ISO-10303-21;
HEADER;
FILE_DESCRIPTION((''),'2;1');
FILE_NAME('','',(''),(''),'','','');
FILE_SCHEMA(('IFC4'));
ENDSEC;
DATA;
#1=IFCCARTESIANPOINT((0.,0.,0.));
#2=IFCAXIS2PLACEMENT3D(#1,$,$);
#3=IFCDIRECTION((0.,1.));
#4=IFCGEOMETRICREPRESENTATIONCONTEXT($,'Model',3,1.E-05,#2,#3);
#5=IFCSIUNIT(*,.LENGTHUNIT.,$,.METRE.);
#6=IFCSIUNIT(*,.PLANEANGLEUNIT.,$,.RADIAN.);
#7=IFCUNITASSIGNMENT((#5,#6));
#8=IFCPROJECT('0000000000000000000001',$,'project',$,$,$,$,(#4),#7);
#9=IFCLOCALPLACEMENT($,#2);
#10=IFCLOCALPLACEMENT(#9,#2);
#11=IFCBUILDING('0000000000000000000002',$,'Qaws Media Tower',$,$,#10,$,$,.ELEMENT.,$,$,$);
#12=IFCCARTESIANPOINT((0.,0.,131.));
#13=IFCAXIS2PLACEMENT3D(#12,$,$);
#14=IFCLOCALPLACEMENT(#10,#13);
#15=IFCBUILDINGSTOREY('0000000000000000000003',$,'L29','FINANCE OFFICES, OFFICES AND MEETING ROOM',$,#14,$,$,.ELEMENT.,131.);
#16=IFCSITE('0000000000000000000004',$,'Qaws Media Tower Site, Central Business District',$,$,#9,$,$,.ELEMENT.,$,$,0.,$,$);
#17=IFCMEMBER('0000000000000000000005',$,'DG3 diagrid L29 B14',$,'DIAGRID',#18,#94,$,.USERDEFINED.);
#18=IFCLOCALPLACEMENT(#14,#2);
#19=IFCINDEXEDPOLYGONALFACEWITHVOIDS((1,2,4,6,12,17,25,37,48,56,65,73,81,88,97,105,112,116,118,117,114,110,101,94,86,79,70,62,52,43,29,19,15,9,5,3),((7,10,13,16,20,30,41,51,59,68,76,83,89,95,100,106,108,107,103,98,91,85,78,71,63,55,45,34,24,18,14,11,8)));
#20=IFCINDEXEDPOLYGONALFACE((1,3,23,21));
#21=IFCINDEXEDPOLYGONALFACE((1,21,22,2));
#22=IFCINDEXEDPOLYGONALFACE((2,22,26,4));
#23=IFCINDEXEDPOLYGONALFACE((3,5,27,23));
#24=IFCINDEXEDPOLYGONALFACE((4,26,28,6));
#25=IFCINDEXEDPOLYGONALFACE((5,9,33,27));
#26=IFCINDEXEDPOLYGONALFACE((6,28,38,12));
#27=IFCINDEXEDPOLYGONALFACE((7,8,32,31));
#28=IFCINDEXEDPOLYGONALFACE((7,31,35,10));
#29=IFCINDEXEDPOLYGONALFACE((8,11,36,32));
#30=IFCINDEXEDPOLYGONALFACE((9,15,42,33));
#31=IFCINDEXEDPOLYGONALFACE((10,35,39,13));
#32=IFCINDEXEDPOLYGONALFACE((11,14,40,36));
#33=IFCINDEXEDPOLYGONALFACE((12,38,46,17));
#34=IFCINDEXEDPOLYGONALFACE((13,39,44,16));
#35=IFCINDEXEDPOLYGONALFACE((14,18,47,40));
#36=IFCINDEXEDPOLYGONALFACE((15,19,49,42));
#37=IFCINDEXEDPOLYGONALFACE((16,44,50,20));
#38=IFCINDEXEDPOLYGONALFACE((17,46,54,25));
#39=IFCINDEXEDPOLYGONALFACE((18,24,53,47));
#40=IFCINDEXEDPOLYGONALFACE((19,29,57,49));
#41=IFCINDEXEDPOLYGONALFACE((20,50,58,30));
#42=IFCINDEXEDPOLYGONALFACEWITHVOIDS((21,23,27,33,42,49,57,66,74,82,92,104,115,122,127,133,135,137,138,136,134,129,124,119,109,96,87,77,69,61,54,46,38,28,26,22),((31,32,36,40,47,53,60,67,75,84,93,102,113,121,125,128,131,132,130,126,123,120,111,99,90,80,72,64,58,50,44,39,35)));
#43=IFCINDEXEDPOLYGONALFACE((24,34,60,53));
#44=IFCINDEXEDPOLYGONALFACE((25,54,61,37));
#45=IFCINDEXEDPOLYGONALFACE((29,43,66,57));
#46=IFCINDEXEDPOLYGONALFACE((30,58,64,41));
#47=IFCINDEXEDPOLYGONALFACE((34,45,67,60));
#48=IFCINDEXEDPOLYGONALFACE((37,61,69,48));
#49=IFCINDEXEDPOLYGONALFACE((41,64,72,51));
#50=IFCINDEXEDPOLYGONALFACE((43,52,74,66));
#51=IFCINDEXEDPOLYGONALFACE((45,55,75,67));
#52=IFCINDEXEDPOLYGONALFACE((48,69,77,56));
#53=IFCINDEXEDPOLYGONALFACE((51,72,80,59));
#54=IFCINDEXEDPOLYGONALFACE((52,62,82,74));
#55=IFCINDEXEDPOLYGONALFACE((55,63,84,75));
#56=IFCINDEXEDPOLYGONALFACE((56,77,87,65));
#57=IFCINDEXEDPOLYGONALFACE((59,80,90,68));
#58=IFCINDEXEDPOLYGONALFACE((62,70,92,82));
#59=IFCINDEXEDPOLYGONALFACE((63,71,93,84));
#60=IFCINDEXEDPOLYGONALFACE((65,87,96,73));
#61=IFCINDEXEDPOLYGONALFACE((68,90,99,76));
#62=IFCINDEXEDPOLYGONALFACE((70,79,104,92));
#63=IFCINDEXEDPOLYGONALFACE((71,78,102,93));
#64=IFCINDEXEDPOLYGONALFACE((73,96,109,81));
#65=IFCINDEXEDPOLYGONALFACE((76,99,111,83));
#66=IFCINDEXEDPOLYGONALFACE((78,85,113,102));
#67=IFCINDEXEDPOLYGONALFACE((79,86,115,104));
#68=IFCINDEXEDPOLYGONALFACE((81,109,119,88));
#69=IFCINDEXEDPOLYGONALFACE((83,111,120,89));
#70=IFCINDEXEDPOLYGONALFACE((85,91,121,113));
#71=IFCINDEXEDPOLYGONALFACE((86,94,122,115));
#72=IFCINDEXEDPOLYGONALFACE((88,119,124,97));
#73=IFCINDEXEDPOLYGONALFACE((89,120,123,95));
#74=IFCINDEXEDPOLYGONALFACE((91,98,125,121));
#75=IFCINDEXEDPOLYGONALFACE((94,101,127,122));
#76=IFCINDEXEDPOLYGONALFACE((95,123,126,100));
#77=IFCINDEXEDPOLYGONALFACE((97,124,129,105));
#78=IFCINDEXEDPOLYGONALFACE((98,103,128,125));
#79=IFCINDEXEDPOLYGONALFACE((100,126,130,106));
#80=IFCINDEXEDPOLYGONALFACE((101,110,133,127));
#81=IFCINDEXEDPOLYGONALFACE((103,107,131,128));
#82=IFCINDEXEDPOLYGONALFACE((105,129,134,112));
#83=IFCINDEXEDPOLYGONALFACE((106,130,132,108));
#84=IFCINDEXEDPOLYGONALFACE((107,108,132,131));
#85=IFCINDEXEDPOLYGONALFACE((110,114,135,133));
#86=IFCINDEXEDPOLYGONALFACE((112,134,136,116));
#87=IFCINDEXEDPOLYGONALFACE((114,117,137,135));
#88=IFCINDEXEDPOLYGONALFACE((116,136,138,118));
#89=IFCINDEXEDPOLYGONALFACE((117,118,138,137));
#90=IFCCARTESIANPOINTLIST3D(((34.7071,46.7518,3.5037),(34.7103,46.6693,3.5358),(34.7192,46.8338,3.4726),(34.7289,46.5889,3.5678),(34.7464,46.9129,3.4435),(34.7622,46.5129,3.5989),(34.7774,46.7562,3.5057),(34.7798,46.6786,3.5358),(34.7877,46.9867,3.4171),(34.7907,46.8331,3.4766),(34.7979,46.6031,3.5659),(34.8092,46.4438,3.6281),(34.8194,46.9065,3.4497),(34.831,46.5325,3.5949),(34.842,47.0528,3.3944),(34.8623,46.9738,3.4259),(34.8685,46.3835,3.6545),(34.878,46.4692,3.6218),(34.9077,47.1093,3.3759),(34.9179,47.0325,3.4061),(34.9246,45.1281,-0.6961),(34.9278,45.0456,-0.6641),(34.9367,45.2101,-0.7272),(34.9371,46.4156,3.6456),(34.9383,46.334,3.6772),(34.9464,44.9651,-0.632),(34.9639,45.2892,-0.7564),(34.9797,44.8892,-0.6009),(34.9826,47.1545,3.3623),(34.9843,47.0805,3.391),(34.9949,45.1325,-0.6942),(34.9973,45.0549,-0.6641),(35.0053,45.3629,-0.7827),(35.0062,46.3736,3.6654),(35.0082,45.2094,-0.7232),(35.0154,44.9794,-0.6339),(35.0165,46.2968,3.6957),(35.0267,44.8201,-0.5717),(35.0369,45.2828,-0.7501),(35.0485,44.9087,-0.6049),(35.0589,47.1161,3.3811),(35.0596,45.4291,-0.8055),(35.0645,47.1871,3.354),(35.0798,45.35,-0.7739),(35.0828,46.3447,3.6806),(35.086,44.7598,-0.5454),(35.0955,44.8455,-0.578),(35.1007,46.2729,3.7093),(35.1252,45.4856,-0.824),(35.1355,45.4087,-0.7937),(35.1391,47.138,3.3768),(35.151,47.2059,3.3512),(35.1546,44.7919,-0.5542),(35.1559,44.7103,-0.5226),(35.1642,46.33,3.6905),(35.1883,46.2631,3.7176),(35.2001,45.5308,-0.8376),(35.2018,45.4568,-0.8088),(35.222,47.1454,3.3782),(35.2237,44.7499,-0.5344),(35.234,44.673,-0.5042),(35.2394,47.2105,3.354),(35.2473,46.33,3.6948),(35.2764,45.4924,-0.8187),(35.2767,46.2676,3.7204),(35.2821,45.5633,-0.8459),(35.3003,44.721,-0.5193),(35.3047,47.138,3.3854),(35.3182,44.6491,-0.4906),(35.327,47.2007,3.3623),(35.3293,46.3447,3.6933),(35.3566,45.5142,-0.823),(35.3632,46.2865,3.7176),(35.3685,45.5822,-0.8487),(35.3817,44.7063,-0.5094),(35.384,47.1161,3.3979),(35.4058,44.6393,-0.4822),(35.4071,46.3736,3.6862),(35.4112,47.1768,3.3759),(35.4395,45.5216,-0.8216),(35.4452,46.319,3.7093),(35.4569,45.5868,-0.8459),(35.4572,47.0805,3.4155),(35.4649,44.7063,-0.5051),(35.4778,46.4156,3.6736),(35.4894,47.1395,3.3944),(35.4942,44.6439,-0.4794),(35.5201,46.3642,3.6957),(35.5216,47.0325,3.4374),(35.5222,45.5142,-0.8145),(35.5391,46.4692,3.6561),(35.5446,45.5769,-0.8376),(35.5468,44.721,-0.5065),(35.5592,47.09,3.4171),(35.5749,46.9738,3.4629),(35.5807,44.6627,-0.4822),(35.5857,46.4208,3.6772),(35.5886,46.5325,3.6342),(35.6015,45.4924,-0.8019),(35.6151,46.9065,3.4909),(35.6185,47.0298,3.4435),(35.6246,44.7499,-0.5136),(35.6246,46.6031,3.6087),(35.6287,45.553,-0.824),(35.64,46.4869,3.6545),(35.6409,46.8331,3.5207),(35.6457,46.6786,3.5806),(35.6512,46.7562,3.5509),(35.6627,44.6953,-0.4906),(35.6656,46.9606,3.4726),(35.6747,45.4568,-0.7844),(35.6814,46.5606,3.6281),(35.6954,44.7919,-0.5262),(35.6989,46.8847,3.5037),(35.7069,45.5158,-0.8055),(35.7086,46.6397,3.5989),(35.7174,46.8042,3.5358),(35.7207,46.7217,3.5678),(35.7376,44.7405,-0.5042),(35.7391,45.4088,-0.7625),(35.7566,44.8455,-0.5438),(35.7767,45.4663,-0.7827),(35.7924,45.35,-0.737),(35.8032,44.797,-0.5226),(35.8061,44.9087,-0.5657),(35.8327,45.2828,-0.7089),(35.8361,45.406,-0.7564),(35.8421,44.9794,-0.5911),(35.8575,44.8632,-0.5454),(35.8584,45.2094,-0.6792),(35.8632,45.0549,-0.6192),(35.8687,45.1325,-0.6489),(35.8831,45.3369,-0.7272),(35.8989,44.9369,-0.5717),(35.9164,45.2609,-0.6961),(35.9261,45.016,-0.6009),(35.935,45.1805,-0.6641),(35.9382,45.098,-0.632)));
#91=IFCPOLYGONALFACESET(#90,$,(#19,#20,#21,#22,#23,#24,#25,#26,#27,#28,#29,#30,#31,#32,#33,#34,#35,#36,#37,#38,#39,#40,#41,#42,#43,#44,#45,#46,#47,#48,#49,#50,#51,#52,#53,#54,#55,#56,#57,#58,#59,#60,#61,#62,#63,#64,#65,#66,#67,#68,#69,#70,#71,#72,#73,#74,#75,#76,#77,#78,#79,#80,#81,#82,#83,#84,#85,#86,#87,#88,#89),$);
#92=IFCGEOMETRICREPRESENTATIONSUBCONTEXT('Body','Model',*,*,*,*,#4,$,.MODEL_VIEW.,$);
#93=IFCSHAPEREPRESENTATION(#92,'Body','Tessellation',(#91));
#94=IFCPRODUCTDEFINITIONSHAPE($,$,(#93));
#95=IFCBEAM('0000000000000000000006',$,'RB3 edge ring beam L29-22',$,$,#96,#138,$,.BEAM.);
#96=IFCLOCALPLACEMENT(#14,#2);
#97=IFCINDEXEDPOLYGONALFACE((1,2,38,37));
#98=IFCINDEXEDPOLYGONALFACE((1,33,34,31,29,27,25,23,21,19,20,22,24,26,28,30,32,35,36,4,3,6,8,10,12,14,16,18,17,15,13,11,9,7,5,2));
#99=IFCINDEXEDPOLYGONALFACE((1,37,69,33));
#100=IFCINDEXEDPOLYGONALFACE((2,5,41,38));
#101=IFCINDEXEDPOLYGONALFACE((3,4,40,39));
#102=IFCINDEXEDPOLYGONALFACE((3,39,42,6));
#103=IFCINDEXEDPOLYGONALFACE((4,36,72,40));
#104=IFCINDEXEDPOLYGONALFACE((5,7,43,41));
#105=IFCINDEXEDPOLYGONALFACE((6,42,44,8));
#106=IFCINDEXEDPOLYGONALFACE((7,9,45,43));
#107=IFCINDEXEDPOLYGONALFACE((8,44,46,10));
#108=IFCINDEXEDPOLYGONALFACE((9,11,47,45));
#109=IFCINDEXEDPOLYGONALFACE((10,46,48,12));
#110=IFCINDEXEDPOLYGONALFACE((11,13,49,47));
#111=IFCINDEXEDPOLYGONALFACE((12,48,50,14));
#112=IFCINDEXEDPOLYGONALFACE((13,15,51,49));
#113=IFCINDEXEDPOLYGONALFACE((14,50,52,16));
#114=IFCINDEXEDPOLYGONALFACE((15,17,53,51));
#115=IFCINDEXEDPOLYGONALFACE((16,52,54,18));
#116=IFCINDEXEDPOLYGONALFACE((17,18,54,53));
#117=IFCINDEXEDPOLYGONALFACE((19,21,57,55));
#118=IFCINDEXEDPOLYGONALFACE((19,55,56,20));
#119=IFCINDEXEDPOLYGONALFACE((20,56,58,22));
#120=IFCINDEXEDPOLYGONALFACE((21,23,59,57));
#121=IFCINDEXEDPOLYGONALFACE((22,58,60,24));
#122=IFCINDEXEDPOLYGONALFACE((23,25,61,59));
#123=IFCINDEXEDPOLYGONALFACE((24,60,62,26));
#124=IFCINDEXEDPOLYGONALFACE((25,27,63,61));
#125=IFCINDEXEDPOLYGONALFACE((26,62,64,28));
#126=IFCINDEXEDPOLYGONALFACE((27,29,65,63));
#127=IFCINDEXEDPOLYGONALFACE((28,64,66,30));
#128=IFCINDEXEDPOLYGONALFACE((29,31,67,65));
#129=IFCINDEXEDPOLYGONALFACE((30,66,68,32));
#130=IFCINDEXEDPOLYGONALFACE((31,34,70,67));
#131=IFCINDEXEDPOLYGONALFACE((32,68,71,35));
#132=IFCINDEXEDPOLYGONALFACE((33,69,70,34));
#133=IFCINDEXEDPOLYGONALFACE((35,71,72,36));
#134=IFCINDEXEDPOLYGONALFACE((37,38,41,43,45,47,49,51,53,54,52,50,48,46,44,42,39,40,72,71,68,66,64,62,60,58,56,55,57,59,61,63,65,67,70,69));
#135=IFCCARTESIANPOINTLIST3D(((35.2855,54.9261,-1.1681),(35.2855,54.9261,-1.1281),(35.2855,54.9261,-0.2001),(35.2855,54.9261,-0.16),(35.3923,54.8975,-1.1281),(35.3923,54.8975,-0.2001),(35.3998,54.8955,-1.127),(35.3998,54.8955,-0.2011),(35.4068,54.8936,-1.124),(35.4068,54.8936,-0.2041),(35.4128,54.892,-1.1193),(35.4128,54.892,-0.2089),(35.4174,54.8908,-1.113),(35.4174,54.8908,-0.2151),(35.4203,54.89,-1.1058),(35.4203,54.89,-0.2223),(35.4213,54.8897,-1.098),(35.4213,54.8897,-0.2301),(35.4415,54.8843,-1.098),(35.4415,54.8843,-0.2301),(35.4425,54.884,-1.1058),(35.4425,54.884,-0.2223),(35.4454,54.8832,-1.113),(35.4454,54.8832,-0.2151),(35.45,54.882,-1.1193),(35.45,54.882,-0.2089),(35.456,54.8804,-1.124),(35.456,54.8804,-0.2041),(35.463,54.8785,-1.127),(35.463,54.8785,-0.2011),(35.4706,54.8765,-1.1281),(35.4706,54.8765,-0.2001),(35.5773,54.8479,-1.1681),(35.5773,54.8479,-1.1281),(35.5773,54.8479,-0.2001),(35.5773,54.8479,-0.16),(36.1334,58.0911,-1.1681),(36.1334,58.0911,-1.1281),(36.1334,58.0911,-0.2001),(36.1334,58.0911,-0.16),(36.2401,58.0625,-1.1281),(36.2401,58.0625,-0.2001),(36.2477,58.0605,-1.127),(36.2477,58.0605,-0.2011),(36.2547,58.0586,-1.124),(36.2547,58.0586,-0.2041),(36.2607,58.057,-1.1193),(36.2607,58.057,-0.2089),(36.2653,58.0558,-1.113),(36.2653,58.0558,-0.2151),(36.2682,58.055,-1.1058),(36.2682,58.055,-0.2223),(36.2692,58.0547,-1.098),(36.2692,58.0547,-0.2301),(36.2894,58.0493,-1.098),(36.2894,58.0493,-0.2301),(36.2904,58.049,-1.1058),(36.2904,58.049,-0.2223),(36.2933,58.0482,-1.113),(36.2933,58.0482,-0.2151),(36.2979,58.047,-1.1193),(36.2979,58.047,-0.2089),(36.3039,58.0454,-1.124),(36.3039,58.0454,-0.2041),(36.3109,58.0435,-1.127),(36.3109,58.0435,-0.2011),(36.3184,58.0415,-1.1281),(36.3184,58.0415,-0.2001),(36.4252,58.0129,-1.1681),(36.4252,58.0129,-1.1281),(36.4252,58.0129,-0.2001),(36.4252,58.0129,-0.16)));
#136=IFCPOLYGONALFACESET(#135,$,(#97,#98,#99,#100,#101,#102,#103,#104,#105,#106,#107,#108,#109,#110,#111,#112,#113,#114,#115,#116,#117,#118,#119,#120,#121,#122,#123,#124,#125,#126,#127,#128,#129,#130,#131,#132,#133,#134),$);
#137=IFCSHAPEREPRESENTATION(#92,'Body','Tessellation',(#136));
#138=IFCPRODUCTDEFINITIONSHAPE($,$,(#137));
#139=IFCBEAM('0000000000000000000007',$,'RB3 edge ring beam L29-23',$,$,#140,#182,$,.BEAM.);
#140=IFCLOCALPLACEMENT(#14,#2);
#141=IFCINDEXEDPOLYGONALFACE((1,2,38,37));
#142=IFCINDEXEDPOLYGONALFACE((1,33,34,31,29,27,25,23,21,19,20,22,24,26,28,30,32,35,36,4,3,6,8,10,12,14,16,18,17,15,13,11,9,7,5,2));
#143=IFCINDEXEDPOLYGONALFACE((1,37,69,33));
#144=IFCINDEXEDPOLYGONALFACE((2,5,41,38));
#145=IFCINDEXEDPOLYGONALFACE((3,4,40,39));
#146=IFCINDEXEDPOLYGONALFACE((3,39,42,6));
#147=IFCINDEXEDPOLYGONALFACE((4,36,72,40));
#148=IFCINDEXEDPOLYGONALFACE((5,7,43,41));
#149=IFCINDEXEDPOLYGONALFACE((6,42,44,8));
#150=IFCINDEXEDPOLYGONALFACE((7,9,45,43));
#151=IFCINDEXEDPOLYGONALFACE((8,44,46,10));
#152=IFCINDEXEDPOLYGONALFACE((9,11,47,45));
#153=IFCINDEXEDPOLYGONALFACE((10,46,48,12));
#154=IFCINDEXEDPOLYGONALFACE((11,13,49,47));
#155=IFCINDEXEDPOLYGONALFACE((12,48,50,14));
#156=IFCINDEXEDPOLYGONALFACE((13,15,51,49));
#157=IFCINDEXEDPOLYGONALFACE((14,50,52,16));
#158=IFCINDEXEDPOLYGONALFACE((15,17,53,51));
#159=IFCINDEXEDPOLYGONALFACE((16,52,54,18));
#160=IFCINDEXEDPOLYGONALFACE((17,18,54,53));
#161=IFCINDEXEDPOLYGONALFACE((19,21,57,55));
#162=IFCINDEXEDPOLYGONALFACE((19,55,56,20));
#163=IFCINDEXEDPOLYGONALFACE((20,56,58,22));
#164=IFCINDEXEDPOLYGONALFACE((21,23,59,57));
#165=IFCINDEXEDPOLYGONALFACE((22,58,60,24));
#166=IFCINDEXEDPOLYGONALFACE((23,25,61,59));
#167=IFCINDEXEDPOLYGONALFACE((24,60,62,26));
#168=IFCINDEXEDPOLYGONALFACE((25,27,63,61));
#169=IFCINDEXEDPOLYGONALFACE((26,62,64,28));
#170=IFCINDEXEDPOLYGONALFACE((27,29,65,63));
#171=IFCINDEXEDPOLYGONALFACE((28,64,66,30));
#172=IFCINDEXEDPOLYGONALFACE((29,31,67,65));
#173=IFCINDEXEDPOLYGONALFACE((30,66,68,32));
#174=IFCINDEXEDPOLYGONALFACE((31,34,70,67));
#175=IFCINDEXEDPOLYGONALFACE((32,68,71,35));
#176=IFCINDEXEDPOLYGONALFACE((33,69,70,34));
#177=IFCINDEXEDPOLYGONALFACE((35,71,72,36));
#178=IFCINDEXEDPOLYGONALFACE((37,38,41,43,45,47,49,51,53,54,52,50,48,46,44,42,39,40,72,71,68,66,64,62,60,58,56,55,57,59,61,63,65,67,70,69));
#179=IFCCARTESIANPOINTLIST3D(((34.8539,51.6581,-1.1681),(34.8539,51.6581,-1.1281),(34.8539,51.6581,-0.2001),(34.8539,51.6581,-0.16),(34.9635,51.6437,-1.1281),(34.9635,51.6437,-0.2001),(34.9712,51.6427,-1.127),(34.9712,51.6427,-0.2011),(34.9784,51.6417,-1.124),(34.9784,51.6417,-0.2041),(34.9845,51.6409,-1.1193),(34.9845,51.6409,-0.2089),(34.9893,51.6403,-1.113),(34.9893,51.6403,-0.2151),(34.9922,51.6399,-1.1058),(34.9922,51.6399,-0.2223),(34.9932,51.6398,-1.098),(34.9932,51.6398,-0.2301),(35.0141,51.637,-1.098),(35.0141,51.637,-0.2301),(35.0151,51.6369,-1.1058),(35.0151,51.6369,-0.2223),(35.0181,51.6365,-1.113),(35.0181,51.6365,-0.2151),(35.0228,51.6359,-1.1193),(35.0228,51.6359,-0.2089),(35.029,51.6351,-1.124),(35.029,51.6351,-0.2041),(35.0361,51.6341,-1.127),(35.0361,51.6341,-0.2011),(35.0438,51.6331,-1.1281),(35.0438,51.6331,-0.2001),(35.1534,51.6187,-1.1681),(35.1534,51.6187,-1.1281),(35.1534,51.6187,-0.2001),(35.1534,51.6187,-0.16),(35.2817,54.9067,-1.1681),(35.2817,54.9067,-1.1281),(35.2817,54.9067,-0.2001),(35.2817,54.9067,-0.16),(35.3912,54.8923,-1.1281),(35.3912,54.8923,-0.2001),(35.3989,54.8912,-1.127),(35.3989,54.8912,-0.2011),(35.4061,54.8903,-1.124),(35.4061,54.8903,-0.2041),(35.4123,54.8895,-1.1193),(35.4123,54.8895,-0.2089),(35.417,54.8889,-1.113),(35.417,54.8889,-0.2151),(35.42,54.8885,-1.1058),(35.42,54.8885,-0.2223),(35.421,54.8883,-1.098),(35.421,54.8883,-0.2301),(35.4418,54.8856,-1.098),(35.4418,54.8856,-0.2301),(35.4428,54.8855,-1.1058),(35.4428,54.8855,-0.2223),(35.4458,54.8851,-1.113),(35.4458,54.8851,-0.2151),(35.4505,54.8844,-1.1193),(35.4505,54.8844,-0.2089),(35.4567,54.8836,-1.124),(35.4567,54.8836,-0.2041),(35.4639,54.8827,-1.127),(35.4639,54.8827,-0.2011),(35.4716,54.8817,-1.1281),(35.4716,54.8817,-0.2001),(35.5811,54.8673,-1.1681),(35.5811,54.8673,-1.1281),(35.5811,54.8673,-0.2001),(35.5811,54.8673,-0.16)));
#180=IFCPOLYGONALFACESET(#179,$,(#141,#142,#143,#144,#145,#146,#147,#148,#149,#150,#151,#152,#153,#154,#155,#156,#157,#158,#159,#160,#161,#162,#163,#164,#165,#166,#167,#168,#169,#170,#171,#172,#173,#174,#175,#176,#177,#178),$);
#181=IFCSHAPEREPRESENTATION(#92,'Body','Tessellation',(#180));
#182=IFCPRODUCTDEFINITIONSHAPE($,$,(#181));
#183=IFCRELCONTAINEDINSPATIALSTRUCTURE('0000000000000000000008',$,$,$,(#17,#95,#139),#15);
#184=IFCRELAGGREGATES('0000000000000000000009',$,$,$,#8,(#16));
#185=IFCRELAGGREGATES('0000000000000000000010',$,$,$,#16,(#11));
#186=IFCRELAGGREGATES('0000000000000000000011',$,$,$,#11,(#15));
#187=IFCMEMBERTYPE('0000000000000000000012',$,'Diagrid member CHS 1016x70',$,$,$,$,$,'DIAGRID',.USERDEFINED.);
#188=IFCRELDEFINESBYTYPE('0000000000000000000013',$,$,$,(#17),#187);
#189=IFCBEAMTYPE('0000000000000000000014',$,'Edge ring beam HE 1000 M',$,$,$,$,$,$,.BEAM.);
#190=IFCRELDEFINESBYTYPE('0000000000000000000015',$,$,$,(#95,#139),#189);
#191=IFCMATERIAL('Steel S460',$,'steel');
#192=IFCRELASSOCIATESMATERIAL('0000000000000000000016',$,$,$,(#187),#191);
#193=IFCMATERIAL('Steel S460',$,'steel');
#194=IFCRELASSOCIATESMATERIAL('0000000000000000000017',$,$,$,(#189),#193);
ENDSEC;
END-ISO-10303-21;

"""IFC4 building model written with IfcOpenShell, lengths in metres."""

from ifc_helpers import new_model, si_unit, direction, frame, origin, origin_2d, place, context, subcontext, project, spatial, hollow_circle, i_section, extrude, material, material_profile, profile_set, type_object, element, save


model = new_model("IFC4")

# Units and contexts
model_context = context("Model", 3, precision=1e-05, world=origin(), true_north=direction((0.0, 1.0)))
body_context = subcontext(model_context, "Body", "Model", "MODEL_VIEW")
ifc_project = project(units=[si_unit("LENGTHUNIT", "METRE"), si_unit("PLANEANGLEUNIT", "RADIAN")], contexts=[model_context])

# Site, building, storey
site_placement = place(None, origin())
site = spatial("IfcSite", under=ifc_project, at=site_placement, Name="Qaws Media Tower Site, Central Business District", CompositionType="ELEMENT", RefElevation=0.0)
building_placement = place(site_placement, origin())
building = spatial("IfcBuilding", under=site, at=building_placement, Name="Qaws Media Tower", CompositionType="ELEMENT")
storey_placement = place(building_placement, frame((0.0, 0.0, 131.0)))
storey = spatial("IfcBuildingStorey", under=building, at=storey_placement, Name="L29", Description="FINANCE OFFICES, OFFICES AND MEETING ROOM", CompositionType="ELEMENT", Elevation=131.0)

# Member
ifc_material_1 = material(Name="Steel S460", Category="steel")
ifc_material_profile_1 = material_profile(ifc_material_1, hollow_circle(Radius=0.5081, WallThickness=0.0701, at=origin_2d()), Name="CHS 1016x70")
ifc_profile_set_1 = profile_set([ifc_material_profile_1], Name="Steel S460")
member_type_1 = type_object("IfcMemberType", Name="Diagrid member CHS 1016x70", ElementType="DIAGRID", PredefinedType="USERDEFINED", material=ifc_profile_set_1)
for number, where, z_axis, x_axis, name in (
    (1, (35.4314, 45.113, -0.6641), (-0.048252, 0.360186, 0.931632), (-0.991146, -0.132779, 0.0), "DG3 diagrid L29 B14"),
):
    element("IfcMember", number, at=place(storey_placement, frame(where, z_axis=z_axis, x_axis=x_axis)), inside=storey, type_object=member_type_1, Name=name, ObjectType="DIAGRID", PredefinedType="USERDEFINED", context=body_context, shape_type="SweptSolid", body=[
        extrude(hollow_circle(Radius=0.5081, WallThickness=0.0701, at=origin_2d()), origin(), (0.0, 0.0, 1.0), 4.5081),
    ])

# Beams
ifc_material_2 = material(Name="Steel S460", Category="steel")
ifc_material_profile_2 = material_profile(ifc_material_2, i_section(OverallWidth=0.302, OverallDepth=1.0081, WebThickness=0.021, FlangeThickness=0.04, FilletRadius=0.03, at=origin_2d()), Name="HE 1000 M")
ifc_profile_set_2 = profile_set([ifc_material_profile_2], Name="Steel S460")
beam_type = type_object("IfcBeamType", Name="Edge ring beam HE 1000 M", PredefinedType="BEAM", material=ifc_profile_set_2)
for number, where, z_axis, x_axis, name in (
    (2, (36.2793, 58.052, -0.6641), (-0.258771, -0.965939, 0.0), (0.965939, -0.258771, 0.0), "RB3 edge ring beam L29-22"),
    (3, (35.4314, 54.887, -0.6641), (-0.130543, -0.991443, 0.0), (0.991443, -0.130543, 0.0), "RB3 edge ring beam L29-23"),
):
    element("IfcBeam", number, at=place(storey_placement, frame(where, z_axis=z_axis, x_axis=x_axis)), inside=storey, type_object=beam_type, Name=name, PredefinedType="BEAM", context=body_context, shape_type="SweptSolid", body=[
        extrude(i_section(OverallWidth=0.302, OverallDepth=1.0081, WebThickness=0.021, FlangeThickness=0.04, FilletRadius=0.03, at=origin_2d()), origin(), (0.0, 0.0, 1.0), 3.2766),
    ])

save(model, "model.ifc")
